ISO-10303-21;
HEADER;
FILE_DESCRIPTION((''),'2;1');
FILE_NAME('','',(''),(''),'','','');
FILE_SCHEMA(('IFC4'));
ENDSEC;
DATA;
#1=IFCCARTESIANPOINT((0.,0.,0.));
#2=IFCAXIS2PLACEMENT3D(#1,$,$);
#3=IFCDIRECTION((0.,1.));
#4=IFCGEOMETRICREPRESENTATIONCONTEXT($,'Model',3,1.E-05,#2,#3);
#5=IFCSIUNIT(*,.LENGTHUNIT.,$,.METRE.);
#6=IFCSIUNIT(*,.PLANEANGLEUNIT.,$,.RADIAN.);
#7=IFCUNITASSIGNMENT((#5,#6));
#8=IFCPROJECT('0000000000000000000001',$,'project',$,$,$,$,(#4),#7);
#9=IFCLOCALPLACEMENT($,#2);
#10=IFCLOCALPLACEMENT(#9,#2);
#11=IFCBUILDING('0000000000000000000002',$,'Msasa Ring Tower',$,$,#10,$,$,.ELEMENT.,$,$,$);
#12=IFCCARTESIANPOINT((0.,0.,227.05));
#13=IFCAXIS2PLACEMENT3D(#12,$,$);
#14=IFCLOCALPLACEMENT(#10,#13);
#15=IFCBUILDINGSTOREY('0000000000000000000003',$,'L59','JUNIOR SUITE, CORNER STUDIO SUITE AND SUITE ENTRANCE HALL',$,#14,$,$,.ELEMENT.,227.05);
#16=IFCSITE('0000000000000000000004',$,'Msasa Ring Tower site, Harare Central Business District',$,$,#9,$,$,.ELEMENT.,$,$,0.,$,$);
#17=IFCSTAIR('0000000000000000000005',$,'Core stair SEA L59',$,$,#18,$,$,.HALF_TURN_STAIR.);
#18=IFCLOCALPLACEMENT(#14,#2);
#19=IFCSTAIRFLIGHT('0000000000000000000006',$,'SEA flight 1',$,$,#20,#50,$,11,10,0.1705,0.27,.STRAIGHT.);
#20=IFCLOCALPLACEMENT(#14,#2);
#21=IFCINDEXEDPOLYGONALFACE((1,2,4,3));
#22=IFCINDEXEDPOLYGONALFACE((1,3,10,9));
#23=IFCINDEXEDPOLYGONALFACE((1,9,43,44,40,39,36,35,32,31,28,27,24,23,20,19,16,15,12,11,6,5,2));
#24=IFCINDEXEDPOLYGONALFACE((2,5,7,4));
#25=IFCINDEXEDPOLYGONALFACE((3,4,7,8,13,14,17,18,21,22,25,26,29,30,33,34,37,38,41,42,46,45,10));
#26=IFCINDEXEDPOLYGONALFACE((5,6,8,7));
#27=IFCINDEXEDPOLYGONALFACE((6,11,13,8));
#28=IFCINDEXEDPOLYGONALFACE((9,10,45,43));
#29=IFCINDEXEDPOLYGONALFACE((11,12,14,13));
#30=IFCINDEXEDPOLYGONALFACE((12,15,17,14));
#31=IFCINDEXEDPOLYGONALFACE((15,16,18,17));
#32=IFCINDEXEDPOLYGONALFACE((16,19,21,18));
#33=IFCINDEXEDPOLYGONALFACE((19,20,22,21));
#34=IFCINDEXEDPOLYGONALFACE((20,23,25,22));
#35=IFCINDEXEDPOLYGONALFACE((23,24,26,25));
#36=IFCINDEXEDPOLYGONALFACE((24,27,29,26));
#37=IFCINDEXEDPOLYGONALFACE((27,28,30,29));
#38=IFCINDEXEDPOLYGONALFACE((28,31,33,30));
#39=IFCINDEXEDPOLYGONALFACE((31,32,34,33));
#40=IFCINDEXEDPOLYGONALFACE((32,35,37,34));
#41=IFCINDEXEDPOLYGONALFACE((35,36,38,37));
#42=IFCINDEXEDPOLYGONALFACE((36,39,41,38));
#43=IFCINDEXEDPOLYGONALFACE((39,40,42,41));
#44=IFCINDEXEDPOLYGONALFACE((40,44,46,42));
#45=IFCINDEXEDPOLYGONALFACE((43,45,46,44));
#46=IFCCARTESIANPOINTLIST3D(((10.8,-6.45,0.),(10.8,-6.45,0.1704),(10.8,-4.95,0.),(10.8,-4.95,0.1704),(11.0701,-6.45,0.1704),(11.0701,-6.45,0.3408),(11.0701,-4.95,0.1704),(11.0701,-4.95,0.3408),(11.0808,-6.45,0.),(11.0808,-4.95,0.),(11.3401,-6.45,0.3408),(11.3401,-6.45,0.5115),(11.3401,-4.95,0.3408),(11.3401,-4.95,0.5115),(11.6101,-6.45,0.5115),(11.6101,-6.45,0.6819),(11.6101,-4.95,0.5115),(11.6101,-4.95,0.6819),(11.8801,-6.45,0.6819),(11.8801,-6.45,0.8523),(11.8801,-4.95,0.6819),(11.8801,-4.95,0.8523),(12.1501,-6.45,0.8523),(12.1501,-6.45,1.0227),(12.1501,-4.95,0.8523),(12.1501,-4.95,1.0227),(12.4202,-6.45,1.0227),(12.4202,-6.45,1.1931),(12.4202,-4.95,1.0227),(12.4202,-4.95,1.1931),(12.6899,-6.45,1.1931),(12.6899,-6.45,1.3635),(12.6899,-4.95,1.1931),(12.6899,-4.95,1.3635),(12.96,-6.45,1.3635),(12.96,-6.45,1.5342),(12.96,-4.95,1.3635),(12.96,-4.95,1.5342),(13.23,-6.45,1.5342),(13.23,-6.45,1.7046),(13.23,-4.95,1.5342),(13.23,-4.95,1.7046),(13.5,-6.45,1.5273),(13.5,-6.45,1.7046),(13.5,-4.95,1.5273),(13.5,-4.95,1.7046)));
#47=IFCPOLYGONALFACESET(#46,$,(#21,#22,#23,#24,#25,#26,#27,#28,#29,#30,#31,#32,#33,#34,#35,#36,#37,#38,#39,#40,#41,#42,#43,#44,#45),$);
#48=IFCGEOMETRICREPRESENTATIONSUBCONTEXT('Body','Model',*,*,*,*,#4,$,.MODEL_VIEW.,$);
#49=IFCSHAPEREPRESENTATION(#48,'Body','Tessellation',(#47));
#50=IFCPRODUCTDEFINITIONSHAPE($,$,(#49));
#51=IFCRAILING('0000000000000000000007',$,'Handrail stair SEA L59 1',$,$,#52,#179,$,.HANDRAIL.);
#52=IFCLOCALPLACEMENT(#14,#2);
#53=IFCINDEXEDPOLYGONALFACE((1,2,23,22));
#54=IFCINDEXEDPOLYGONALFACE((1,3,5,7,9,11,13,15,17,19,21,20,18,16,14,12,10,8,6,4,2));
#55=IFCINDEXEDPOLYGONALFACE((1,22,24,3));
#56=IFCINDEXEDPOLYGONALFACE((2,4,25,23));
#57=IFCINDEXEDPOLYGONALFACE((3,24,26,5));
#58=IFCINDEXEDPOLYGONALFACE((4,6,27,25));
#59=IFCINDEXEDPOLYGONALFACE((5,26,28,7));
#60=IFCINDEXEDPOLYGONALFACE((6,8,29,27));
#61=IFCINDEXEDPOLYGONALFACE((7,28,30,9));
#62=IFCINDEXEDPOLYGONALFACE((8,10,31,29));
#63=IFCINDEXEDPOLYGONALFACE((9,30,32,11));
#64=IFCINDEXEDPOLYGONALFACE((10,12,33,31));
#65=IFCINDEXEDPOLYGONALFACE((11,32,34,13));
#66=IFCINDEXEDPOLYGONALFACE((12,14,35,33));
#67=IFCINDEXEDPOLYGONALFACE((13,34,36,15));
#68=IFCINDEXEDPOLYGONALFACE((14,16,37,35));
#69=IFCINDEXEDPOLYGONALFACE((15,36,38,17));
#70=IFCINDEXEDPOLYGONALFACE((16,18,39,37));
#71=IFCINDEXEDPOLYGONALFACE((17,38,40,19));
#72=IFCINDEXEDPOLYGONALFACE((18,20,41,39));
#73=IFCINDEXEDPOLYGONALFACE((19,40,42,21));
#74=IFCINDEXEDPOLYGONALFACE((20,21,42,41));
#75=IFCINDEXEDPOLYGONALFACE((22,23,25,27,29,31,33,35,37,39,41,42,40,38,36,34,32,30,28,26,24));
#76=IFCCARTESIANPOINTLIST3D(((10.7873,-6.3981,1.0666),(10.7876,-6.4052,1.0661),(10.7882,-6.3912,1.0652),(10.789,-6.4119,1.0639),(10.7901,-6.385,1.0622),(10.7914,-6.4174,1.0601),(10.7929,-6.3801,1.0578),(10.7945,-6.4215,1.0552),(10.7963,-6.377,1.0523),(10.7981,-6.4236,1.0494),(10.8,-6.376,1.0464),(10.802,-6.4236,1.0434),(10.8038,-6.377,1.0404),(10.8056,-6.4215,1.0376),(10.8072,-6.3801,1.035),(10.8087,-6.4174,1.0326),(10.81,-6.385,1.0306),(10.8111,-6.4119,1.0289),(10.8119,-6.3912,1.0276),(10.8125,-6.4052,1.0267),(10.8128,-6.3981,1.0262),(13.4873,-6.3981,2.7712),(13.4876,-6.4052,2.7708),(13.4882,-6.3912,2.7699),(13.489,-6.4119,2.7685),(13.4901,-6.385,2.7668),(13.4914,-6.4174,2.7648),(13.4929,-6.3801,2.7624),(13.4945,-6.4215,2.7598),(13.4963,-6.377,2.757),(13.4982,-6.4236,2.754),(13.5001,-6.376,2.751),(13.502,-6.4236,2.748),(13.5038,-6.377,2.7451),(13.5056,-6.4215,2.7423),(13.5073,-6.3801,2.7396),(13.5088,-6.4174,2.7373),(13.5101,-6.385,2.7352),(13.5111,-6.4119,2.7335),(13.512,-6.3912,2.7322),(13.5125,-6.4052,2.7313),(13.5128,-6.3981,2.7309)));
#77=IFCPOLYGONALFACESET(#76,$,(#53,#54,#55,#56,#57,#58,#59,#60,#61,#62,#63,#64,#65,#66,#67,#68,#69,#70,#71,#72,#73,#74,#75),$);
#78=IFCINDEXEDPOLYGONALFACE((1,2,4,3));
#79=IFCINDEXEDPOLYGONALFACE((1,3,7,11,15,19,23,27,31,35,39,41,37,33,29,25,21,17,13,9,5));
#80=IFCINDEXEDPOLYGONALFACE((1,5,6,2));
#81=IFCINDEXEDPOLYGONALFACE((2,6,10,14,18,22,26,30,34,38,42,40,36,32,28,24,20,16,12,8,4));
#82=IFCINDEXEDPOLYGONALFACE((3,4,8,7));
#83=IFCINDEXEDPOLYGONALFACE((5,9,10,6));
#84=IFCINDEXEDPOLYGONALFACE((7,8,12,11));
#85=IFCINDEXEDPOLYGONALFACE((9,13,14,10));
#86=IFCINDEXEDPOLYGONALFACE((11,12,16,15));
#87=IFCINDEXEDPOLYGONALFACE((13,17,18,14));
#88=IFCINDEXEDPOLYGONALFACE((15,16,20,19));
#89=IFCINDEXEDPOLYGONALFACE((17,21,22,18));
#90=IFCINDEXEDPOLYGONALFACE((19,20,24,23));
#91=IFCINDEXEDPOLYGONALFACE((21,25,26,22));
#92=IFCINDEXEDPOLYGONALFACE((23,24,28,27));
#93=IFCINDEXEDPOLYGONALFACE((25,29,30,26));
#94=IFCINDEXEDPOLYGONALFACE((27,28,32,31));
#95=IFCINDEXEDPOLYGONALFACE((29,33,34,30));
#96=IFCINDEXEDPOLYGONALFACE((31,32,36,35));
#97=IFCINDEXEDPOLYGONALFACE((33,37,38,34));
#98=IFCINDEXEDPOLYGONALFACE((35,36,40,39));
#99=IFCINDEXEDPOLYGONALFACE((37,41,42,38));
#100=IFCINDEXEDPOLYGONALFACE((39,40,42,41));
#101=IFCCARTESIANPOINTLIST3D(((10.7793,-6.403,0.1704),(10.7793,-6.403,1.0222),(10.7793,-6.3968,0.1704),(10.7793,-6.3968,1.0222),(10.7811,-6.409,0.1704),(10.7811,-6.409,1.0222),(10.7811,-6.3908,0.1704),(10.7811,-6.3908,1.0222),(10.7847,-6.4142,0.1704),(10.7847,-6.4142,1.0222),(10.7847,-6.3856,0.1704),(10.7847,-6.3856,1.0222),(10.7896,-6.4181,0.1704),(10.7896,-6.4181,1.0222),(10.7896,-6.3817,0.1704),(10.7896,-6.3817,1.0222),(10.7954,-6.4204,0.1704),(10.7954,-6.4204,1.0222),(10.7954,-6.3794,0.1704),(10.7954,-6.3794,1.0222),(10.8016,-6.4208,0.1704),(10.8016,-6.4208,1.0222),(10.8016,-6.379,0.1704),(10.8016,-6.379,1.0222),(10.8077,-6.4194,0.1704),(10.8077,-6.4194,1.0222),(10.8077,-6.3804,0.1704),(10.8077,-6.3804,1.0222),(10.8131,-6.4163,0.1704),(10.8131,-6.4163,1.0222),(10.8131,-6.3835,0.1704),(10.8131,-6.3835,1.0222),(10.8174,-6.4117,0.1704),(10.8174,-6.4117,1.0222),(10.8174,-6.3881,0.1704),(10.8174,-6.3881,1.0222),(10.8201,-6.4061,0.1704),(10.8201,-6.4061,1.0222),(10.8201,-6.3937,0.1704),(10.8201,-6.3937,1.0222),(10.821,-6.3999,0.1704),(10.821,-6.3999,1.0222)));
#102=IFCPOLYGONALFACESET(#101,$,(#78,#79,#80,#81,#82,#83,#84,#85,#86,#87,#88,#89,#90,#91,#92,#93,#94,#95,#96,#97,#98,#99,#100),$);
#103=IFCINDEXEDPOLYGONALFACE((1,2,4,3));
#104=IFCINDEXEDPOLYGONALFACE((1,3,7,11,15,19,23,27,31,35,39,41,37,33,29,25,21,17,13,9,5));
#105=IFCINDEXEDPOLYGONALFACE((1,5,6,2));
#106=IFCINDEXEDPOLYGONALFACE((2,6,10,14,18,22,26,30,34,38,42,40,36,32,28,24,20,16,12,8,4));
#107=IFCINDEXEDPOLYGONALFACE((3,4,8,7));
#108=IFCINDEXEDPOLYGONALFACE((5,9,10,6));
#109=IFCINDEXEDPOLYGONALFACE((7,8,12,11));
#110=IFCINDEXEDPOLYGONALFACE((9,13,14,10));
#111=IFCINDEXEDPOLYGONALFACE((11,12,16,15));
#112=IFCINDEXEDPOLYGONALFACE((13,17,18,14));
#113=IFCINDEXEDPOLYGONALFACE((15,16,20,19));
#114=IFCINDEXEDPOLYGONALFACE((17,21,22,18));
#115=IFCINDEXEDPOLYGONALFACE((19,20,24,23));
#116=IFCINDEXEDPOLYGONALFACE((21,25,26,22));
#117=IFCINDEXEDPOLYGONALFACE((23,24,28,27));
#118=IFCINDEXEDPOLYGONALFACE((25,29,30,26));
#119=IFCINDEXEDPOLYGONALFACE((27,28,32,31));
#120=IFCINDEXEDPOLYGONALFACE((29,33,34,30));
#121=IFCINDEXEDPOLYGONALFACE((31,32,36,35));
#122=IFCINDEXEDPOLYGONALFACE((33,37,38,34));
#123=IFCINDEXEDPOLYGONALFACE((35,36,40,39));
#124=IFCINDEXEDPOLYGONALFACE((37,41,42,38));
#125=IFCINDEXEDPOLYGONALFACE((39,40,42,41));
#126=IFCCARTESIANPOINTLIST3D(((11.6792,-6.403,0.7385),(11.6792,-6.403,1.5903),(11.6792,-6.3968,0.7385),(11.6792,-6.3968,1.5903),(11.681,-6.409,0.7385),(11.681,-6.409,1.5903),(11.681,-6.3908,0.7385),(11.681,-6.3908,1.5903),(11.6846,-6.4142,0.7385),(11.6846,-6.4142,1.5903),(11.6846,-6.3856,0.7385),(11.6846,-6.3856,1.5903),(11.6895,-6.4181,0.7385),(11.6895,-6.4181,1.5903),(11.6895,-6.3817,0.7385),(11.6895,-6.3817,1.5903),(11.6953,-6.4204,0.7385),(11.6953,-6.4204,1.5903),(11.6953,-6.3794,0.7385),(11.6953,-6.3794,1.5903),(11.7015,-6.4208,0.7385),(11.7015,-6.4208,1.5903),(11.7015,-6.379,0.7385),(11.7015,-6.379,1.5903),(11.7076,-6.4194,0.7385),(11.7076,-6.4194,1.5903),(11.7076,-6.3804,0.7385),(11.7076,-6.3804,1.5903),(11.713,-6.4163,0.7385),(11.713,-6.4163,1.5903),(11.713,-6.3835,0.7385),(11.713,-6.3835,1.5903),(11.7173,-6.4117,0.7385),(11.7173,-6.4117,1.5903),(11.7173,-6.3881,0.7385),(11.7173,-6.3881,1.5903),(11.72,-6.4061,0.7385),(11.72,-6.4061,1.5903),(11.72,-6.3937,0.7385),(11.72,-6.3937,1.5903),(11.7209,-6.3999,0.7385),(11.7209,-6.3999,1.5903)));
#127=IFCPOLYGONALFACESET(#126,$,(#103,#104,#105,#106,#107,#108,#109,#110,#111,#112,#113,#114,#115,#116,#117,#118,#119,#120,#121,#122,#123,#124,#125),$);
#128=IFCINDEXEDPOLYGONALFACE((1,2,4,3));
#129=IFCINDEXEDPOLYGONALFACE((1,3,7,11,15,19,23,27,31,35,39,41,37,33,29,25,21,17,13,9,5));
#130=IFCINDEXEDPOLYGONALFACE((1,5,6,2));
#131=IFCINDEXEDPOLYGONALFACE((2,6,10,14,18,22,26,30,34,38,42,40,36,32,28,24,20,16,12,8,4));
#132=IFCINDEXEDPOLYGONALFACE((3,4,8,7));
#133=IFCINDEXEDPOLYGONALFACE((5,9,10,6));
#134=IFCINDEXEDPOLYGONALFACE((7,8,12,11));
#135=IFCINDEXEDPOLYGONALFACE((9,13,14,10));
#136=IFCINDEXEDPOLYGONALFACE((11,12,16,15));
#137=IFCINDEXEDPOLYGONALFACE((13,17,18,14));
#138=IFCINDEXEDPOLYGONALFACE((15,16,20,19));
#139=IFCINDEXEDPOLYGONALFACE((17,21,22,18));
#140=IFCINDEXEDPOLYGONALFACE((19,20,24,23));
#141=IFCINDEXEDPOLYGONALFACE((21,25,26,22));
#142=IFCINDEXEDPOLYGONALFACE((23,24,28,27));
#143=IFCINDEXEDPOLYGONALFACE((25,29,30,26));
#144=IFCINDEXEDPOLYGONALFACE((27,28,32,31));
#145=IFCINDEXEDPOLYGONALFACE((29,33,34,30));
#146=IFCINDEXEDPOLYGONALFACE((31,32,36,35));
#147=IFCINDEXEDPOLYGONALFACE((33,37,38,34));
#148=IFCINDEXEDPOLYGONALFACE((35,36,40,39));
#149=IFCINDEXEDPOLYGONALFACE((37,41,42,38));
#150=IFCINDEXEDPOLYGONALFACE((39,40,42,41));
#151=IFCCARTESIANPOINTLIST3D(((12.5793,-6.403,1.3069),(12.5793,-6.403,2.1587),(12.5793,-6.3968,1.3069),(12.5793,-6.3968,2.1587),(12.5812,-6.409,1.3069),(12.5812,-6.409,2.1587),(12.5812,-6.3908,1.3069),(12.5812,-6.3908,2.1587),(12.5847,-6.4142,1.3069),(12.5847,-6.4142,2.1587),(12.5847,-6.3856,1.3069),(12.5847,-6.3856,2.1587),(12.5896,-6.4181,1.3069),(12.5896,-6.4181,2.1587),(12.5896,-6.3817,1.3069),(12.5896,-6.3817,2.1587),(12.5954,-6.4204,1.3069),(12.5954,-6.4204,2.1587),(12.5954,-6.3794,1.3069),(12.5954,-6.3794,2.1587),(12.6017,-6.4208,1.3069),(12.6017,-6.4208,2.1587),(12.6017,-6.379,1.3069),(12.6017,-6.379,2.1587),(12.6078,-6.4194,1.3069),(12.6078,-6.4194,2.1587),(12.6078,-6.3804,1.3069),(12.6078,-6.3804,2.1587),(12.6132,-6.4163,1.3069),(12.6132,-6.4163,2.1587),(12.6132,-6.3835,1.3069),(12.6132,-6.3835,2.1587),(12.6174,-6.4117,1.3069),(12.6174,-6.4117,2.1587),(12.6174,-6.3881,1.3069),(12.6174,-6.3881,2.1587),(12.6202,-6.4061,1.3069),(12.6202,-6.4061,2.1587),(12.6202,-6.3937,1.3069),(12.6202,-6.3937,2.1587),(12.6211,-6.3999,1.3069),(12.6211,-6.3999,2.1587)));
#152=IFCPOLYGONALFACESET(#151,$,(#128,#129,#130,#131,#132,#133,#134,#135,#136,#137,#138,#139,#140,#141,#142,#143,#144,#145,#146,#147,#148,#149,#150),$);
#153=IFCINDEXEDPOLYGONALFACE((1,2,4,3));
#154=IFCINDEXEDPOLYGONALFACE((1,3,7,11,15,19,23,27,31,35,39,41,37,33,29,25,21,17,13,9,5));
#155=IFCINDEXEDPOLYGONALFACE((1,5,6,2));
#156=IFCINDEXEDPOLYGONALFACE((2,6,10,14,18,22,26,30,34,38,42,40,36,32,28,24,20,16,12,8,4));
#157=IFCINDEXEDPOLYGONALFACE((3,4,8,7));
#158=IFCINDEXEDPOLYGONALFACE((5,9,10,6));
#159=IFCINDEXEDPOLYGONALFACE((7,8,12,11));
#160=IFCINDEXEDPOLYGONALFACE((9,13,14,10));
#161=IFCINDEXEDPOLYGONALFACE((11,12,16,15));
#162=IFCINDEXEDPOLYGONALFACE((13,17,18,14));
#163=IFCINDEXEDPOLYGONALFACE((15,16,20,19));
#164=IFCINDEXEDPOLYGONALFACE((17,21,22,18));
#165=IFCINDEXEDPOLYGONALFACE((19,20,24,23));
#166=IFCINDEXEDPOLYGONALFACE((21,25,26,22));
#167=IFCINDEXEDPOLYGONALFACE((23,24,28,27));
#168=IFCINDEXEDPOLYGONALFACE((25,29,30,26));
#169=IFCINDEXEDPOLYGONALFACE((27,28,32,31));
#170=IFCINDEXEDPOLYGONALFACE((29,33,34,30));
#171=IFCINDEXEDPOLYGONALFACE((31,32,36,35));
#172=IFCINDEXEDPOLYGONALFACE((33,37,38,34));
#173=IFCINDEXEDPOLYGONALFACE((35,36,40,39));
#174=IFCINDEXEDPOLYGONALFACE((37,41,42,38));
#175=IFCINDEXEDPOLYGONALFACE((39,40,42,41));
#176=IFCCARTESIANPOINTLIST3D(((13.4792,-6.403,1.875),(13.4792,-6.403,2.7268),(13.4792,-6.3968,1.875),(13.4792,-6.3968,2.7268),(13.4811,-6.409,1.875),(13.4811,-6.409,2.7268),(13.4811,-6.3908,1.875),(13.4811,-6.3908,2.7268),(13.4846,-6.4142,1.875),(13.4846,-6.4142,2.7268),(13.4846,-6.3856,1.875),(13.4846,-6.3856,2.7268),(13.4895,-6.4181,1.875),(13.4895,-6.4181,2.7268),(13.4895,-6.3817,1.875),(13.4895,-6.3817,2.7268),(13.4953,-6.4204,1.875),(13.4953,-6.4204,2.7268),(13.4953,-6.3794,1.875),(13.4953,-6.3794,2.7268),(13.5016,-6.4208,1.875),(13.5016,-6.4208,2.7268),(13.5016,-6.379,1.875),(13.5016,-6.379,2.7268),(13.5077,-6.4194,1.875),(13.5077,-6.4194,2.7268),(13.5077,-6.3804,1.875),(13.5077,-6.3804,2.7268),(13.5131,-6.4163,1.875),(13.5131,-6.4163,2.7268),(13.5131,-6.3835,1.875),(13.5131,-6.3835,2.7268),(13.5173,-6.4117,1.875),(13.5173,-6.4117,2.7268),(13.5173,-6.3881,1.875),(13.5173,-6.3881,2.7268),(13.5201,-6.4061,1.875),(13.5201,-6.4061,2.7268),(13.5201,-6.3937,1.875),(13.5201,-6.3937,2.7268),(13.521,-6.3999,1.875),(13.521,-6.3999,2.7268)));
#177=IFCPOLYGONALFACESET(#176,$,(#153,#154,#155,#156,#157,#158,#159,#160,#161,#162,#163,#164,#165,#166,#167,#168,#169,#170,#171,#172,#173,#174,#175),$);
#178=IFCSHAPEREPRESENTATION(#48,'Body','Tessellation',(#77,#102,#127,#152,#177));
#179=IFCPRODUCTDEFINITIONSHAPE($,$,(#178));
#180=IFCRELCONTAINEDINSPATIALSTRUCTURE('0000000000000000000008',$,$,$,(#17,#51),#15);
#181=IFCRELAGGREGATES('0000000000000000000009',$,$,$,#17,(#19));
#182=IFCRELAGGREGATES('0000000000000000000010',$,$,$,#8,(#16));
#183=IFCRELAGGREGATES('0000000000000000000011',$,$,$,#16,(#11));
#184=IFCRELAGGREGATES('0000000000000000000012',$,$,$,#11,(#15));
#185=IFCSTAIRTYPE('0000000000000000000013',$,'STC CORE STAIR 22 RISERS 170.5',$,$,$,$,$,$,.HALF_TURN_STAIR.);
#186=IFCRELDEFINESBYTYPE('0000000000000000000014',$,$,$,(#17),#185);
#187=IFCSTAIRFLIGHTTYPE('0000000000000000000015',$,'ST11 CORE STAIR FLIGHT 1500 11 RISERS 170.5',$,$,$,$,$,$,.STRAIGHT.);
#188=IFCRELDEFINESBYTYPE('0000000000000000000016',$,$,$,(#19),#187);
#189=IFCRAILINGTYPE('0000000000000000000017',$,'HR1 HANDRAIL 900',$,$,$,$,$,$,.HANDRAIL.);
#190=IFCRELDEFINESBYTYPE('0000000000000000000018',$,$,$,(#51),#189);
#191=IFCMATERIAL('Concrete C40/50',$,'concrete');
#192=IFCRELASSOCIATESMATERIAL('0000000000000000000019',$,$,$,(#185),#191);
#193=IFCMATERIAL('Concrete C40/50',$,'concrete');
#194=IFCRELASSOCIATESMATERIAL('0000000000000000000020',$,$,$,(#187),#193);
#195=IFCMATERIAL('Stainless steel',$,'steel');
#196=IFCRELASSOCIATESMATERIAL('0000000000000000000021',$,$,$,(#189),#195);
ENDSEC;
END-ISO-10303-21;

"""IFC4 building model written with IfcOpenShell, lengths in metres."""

from ifc_helpers import new_model, si_unit, direction, frame, origin, origin_2d, place, context, subcontext, project, spatial, polyline, circle, outline, extrude, material, type_object, element, aggregate, save


model = new_model("IFC4")

# Units and contexts
model_context = context("Model", 3, precision=1e-05, world=origin(), true_north=direction((0.0, 1.0)))
body_context = subcontext(model_context, "Body", "Model", "MODEL_VIEW")
ifc_project = project(units=[si_unit("LENGTHUNIT", "METRE"), si_unit("PLANEANGLEUNIT", "RADIAN")], contexts=[model_context])

# Site, building, storey
site_placement = place(None, origin())
site = spatial("IfcSite", under=ifc_project, at=site_placement, Name="Msasa Ring Tower site, Harare Central Business District", CompositionType="ELEMENT", RefElevation=0.0)
building_placement = place(site_placement, origin())
building = spatial("IfcBuilding", under=site, at=building_placement, Name="Msasa Ring Tower", CompositionType="ELEMENT")
storey_placement = place(building_placement, frame((0.0, 0.0, 227.05)))
storey = spatial("IfcBuildingStorey", under=building, at=storey_placement, Name="L59", Description="JUNIOR SUITE, CORNER STUDIO SUITE AND SUITE ENTRANCE HALL", CompositionType="ELEMENT", Elevation=227.05)

# Stair
ifc_material_1 = material(Name="Concrete C40/50", Category="concrete")
stair_type = type_object("IfcStairType", Name="STC CORE STAIR 22 RISERS 170.5", PredefinedType="HALF_TURN_STAIR", material=ifc_material_1)
stair_1_placement = place(storey_placement, origin())
stair_1 = element("IfcStair", 1, at=stair_1_placement, inside=storey, type_object=stair_type, Name="Core stair SEA L59", PredefinedType="HALF_TURN_STAIR")

# Stair flight
ifc_material_2 = material(Name="Concrete C40/50", Category="concrete")
stair_flight_type = type_object("IfcStairFlightType", Name="ST11 CORE STAIR FLIGHT 1500 11 RISERS 170.5", PredefinedType="STRAIGHT", material=ifc_material_2)
stair_flight_placement = place(storey_placement, frame((10.8, -5.7, 0.0), z_axis=(0.0, 0.0, 1.0), x_axis=(1.0, 0.0, 0.0)))
stair_flight = element("IfcStairFlight", 2, at=stair_flight_placement, type_object=stair_flight_type, Name="SEA flight 1", NumberOfRisers=11, NumberOfTreads=10, PredefinedType="STRAIGHT", RiserHeight=0.1705, TreadLength=0.27, context=body_context, shape_type="SweptSolid", body=[
    extrude(outline(polyline([(0.0, 0.0), (0.0, 0.1704), (0.27, 0.1704), (0.27, 0.3408), (0.54, 0.3408), (0.54, 0.5115), (0.8101, 0.5115), (0.8101, 0.6819), (1.0801, 0.6819), (1.0801, 0.8523), (1.3501, 0.8523), (1.3501, 1.0227), (1.6201, 1.0227), (1.6201, 1.1931), (1.8899, 1.1931), (1.8899, 1.3635), (2.1599, 1.3635), (2.1599, 1.5342), (2.4299, 1.5342), (2.4299, 1.7046), (2.7, 1.7046), (2.7, 1.875), (2.7, 1.5273), (0.2808, 0.0), (0.0, 0.0)])), frame((0.0, 0.75, 0.0), z_axis=(0.0, -1.0, 0.0), x_axis=(1.0, 0.0, 0.0)), (0.0, 0.0, 1.0), 1.5),
])
aggregate(stair_1, [stair_flight])

# Railing
ifc_material_3 = material(Name="Stainless steel", Category="steel")
railing_type = type_object("IfcRailingType", Name="HR1 HANDRAIL 900", PredefinedType="HANDRAIL", material=ifc_material_3)
railing_placement = place(storey_placement, frame((10.8, -6.3999, 0.1704)))
element("IfcRailing", 3, at=railing_placement, inside=storey, type_object=railing_type, Name="Handrail stair SEA L59 1", PredefinedType="HANDRAIL", context=body_context, shape_type="SweptSolid", body=[
    extrude(circle(Radius=0.0239, at=origin_2d()), frame((0.0, 0.0, 0.876), z_axis=(0.84558, 0.0, 0.533849), x_axis=(0.0, 1.0, 0.0)), (0.0, 0.0, 1.0), 3.1931),
    extrude(circle(Radius=0.021, at=origin_2d()), origin(), (0.0, 0.0, 1.0), 0.8518),
    extrude(circle(Radius=0.021, at=origin_2d()), frame((0.8999, 0.0, 0.5681)), (0.0, 0.0, 1.0), 0.8518),
    extrude(circle(Radius=0.021, at=origin_2d()), frame((1.8, 0.0, 1.1365)), (0.0, 0.0, 1.0), 0.8518),
    extrude(circle(Radius=0.021, at=origin_2d()), frame((2.7, 0.0, 1.7046)), (0.0, 0.0, 1.0), 0.8518),
])

save(model, "model.ifc")
